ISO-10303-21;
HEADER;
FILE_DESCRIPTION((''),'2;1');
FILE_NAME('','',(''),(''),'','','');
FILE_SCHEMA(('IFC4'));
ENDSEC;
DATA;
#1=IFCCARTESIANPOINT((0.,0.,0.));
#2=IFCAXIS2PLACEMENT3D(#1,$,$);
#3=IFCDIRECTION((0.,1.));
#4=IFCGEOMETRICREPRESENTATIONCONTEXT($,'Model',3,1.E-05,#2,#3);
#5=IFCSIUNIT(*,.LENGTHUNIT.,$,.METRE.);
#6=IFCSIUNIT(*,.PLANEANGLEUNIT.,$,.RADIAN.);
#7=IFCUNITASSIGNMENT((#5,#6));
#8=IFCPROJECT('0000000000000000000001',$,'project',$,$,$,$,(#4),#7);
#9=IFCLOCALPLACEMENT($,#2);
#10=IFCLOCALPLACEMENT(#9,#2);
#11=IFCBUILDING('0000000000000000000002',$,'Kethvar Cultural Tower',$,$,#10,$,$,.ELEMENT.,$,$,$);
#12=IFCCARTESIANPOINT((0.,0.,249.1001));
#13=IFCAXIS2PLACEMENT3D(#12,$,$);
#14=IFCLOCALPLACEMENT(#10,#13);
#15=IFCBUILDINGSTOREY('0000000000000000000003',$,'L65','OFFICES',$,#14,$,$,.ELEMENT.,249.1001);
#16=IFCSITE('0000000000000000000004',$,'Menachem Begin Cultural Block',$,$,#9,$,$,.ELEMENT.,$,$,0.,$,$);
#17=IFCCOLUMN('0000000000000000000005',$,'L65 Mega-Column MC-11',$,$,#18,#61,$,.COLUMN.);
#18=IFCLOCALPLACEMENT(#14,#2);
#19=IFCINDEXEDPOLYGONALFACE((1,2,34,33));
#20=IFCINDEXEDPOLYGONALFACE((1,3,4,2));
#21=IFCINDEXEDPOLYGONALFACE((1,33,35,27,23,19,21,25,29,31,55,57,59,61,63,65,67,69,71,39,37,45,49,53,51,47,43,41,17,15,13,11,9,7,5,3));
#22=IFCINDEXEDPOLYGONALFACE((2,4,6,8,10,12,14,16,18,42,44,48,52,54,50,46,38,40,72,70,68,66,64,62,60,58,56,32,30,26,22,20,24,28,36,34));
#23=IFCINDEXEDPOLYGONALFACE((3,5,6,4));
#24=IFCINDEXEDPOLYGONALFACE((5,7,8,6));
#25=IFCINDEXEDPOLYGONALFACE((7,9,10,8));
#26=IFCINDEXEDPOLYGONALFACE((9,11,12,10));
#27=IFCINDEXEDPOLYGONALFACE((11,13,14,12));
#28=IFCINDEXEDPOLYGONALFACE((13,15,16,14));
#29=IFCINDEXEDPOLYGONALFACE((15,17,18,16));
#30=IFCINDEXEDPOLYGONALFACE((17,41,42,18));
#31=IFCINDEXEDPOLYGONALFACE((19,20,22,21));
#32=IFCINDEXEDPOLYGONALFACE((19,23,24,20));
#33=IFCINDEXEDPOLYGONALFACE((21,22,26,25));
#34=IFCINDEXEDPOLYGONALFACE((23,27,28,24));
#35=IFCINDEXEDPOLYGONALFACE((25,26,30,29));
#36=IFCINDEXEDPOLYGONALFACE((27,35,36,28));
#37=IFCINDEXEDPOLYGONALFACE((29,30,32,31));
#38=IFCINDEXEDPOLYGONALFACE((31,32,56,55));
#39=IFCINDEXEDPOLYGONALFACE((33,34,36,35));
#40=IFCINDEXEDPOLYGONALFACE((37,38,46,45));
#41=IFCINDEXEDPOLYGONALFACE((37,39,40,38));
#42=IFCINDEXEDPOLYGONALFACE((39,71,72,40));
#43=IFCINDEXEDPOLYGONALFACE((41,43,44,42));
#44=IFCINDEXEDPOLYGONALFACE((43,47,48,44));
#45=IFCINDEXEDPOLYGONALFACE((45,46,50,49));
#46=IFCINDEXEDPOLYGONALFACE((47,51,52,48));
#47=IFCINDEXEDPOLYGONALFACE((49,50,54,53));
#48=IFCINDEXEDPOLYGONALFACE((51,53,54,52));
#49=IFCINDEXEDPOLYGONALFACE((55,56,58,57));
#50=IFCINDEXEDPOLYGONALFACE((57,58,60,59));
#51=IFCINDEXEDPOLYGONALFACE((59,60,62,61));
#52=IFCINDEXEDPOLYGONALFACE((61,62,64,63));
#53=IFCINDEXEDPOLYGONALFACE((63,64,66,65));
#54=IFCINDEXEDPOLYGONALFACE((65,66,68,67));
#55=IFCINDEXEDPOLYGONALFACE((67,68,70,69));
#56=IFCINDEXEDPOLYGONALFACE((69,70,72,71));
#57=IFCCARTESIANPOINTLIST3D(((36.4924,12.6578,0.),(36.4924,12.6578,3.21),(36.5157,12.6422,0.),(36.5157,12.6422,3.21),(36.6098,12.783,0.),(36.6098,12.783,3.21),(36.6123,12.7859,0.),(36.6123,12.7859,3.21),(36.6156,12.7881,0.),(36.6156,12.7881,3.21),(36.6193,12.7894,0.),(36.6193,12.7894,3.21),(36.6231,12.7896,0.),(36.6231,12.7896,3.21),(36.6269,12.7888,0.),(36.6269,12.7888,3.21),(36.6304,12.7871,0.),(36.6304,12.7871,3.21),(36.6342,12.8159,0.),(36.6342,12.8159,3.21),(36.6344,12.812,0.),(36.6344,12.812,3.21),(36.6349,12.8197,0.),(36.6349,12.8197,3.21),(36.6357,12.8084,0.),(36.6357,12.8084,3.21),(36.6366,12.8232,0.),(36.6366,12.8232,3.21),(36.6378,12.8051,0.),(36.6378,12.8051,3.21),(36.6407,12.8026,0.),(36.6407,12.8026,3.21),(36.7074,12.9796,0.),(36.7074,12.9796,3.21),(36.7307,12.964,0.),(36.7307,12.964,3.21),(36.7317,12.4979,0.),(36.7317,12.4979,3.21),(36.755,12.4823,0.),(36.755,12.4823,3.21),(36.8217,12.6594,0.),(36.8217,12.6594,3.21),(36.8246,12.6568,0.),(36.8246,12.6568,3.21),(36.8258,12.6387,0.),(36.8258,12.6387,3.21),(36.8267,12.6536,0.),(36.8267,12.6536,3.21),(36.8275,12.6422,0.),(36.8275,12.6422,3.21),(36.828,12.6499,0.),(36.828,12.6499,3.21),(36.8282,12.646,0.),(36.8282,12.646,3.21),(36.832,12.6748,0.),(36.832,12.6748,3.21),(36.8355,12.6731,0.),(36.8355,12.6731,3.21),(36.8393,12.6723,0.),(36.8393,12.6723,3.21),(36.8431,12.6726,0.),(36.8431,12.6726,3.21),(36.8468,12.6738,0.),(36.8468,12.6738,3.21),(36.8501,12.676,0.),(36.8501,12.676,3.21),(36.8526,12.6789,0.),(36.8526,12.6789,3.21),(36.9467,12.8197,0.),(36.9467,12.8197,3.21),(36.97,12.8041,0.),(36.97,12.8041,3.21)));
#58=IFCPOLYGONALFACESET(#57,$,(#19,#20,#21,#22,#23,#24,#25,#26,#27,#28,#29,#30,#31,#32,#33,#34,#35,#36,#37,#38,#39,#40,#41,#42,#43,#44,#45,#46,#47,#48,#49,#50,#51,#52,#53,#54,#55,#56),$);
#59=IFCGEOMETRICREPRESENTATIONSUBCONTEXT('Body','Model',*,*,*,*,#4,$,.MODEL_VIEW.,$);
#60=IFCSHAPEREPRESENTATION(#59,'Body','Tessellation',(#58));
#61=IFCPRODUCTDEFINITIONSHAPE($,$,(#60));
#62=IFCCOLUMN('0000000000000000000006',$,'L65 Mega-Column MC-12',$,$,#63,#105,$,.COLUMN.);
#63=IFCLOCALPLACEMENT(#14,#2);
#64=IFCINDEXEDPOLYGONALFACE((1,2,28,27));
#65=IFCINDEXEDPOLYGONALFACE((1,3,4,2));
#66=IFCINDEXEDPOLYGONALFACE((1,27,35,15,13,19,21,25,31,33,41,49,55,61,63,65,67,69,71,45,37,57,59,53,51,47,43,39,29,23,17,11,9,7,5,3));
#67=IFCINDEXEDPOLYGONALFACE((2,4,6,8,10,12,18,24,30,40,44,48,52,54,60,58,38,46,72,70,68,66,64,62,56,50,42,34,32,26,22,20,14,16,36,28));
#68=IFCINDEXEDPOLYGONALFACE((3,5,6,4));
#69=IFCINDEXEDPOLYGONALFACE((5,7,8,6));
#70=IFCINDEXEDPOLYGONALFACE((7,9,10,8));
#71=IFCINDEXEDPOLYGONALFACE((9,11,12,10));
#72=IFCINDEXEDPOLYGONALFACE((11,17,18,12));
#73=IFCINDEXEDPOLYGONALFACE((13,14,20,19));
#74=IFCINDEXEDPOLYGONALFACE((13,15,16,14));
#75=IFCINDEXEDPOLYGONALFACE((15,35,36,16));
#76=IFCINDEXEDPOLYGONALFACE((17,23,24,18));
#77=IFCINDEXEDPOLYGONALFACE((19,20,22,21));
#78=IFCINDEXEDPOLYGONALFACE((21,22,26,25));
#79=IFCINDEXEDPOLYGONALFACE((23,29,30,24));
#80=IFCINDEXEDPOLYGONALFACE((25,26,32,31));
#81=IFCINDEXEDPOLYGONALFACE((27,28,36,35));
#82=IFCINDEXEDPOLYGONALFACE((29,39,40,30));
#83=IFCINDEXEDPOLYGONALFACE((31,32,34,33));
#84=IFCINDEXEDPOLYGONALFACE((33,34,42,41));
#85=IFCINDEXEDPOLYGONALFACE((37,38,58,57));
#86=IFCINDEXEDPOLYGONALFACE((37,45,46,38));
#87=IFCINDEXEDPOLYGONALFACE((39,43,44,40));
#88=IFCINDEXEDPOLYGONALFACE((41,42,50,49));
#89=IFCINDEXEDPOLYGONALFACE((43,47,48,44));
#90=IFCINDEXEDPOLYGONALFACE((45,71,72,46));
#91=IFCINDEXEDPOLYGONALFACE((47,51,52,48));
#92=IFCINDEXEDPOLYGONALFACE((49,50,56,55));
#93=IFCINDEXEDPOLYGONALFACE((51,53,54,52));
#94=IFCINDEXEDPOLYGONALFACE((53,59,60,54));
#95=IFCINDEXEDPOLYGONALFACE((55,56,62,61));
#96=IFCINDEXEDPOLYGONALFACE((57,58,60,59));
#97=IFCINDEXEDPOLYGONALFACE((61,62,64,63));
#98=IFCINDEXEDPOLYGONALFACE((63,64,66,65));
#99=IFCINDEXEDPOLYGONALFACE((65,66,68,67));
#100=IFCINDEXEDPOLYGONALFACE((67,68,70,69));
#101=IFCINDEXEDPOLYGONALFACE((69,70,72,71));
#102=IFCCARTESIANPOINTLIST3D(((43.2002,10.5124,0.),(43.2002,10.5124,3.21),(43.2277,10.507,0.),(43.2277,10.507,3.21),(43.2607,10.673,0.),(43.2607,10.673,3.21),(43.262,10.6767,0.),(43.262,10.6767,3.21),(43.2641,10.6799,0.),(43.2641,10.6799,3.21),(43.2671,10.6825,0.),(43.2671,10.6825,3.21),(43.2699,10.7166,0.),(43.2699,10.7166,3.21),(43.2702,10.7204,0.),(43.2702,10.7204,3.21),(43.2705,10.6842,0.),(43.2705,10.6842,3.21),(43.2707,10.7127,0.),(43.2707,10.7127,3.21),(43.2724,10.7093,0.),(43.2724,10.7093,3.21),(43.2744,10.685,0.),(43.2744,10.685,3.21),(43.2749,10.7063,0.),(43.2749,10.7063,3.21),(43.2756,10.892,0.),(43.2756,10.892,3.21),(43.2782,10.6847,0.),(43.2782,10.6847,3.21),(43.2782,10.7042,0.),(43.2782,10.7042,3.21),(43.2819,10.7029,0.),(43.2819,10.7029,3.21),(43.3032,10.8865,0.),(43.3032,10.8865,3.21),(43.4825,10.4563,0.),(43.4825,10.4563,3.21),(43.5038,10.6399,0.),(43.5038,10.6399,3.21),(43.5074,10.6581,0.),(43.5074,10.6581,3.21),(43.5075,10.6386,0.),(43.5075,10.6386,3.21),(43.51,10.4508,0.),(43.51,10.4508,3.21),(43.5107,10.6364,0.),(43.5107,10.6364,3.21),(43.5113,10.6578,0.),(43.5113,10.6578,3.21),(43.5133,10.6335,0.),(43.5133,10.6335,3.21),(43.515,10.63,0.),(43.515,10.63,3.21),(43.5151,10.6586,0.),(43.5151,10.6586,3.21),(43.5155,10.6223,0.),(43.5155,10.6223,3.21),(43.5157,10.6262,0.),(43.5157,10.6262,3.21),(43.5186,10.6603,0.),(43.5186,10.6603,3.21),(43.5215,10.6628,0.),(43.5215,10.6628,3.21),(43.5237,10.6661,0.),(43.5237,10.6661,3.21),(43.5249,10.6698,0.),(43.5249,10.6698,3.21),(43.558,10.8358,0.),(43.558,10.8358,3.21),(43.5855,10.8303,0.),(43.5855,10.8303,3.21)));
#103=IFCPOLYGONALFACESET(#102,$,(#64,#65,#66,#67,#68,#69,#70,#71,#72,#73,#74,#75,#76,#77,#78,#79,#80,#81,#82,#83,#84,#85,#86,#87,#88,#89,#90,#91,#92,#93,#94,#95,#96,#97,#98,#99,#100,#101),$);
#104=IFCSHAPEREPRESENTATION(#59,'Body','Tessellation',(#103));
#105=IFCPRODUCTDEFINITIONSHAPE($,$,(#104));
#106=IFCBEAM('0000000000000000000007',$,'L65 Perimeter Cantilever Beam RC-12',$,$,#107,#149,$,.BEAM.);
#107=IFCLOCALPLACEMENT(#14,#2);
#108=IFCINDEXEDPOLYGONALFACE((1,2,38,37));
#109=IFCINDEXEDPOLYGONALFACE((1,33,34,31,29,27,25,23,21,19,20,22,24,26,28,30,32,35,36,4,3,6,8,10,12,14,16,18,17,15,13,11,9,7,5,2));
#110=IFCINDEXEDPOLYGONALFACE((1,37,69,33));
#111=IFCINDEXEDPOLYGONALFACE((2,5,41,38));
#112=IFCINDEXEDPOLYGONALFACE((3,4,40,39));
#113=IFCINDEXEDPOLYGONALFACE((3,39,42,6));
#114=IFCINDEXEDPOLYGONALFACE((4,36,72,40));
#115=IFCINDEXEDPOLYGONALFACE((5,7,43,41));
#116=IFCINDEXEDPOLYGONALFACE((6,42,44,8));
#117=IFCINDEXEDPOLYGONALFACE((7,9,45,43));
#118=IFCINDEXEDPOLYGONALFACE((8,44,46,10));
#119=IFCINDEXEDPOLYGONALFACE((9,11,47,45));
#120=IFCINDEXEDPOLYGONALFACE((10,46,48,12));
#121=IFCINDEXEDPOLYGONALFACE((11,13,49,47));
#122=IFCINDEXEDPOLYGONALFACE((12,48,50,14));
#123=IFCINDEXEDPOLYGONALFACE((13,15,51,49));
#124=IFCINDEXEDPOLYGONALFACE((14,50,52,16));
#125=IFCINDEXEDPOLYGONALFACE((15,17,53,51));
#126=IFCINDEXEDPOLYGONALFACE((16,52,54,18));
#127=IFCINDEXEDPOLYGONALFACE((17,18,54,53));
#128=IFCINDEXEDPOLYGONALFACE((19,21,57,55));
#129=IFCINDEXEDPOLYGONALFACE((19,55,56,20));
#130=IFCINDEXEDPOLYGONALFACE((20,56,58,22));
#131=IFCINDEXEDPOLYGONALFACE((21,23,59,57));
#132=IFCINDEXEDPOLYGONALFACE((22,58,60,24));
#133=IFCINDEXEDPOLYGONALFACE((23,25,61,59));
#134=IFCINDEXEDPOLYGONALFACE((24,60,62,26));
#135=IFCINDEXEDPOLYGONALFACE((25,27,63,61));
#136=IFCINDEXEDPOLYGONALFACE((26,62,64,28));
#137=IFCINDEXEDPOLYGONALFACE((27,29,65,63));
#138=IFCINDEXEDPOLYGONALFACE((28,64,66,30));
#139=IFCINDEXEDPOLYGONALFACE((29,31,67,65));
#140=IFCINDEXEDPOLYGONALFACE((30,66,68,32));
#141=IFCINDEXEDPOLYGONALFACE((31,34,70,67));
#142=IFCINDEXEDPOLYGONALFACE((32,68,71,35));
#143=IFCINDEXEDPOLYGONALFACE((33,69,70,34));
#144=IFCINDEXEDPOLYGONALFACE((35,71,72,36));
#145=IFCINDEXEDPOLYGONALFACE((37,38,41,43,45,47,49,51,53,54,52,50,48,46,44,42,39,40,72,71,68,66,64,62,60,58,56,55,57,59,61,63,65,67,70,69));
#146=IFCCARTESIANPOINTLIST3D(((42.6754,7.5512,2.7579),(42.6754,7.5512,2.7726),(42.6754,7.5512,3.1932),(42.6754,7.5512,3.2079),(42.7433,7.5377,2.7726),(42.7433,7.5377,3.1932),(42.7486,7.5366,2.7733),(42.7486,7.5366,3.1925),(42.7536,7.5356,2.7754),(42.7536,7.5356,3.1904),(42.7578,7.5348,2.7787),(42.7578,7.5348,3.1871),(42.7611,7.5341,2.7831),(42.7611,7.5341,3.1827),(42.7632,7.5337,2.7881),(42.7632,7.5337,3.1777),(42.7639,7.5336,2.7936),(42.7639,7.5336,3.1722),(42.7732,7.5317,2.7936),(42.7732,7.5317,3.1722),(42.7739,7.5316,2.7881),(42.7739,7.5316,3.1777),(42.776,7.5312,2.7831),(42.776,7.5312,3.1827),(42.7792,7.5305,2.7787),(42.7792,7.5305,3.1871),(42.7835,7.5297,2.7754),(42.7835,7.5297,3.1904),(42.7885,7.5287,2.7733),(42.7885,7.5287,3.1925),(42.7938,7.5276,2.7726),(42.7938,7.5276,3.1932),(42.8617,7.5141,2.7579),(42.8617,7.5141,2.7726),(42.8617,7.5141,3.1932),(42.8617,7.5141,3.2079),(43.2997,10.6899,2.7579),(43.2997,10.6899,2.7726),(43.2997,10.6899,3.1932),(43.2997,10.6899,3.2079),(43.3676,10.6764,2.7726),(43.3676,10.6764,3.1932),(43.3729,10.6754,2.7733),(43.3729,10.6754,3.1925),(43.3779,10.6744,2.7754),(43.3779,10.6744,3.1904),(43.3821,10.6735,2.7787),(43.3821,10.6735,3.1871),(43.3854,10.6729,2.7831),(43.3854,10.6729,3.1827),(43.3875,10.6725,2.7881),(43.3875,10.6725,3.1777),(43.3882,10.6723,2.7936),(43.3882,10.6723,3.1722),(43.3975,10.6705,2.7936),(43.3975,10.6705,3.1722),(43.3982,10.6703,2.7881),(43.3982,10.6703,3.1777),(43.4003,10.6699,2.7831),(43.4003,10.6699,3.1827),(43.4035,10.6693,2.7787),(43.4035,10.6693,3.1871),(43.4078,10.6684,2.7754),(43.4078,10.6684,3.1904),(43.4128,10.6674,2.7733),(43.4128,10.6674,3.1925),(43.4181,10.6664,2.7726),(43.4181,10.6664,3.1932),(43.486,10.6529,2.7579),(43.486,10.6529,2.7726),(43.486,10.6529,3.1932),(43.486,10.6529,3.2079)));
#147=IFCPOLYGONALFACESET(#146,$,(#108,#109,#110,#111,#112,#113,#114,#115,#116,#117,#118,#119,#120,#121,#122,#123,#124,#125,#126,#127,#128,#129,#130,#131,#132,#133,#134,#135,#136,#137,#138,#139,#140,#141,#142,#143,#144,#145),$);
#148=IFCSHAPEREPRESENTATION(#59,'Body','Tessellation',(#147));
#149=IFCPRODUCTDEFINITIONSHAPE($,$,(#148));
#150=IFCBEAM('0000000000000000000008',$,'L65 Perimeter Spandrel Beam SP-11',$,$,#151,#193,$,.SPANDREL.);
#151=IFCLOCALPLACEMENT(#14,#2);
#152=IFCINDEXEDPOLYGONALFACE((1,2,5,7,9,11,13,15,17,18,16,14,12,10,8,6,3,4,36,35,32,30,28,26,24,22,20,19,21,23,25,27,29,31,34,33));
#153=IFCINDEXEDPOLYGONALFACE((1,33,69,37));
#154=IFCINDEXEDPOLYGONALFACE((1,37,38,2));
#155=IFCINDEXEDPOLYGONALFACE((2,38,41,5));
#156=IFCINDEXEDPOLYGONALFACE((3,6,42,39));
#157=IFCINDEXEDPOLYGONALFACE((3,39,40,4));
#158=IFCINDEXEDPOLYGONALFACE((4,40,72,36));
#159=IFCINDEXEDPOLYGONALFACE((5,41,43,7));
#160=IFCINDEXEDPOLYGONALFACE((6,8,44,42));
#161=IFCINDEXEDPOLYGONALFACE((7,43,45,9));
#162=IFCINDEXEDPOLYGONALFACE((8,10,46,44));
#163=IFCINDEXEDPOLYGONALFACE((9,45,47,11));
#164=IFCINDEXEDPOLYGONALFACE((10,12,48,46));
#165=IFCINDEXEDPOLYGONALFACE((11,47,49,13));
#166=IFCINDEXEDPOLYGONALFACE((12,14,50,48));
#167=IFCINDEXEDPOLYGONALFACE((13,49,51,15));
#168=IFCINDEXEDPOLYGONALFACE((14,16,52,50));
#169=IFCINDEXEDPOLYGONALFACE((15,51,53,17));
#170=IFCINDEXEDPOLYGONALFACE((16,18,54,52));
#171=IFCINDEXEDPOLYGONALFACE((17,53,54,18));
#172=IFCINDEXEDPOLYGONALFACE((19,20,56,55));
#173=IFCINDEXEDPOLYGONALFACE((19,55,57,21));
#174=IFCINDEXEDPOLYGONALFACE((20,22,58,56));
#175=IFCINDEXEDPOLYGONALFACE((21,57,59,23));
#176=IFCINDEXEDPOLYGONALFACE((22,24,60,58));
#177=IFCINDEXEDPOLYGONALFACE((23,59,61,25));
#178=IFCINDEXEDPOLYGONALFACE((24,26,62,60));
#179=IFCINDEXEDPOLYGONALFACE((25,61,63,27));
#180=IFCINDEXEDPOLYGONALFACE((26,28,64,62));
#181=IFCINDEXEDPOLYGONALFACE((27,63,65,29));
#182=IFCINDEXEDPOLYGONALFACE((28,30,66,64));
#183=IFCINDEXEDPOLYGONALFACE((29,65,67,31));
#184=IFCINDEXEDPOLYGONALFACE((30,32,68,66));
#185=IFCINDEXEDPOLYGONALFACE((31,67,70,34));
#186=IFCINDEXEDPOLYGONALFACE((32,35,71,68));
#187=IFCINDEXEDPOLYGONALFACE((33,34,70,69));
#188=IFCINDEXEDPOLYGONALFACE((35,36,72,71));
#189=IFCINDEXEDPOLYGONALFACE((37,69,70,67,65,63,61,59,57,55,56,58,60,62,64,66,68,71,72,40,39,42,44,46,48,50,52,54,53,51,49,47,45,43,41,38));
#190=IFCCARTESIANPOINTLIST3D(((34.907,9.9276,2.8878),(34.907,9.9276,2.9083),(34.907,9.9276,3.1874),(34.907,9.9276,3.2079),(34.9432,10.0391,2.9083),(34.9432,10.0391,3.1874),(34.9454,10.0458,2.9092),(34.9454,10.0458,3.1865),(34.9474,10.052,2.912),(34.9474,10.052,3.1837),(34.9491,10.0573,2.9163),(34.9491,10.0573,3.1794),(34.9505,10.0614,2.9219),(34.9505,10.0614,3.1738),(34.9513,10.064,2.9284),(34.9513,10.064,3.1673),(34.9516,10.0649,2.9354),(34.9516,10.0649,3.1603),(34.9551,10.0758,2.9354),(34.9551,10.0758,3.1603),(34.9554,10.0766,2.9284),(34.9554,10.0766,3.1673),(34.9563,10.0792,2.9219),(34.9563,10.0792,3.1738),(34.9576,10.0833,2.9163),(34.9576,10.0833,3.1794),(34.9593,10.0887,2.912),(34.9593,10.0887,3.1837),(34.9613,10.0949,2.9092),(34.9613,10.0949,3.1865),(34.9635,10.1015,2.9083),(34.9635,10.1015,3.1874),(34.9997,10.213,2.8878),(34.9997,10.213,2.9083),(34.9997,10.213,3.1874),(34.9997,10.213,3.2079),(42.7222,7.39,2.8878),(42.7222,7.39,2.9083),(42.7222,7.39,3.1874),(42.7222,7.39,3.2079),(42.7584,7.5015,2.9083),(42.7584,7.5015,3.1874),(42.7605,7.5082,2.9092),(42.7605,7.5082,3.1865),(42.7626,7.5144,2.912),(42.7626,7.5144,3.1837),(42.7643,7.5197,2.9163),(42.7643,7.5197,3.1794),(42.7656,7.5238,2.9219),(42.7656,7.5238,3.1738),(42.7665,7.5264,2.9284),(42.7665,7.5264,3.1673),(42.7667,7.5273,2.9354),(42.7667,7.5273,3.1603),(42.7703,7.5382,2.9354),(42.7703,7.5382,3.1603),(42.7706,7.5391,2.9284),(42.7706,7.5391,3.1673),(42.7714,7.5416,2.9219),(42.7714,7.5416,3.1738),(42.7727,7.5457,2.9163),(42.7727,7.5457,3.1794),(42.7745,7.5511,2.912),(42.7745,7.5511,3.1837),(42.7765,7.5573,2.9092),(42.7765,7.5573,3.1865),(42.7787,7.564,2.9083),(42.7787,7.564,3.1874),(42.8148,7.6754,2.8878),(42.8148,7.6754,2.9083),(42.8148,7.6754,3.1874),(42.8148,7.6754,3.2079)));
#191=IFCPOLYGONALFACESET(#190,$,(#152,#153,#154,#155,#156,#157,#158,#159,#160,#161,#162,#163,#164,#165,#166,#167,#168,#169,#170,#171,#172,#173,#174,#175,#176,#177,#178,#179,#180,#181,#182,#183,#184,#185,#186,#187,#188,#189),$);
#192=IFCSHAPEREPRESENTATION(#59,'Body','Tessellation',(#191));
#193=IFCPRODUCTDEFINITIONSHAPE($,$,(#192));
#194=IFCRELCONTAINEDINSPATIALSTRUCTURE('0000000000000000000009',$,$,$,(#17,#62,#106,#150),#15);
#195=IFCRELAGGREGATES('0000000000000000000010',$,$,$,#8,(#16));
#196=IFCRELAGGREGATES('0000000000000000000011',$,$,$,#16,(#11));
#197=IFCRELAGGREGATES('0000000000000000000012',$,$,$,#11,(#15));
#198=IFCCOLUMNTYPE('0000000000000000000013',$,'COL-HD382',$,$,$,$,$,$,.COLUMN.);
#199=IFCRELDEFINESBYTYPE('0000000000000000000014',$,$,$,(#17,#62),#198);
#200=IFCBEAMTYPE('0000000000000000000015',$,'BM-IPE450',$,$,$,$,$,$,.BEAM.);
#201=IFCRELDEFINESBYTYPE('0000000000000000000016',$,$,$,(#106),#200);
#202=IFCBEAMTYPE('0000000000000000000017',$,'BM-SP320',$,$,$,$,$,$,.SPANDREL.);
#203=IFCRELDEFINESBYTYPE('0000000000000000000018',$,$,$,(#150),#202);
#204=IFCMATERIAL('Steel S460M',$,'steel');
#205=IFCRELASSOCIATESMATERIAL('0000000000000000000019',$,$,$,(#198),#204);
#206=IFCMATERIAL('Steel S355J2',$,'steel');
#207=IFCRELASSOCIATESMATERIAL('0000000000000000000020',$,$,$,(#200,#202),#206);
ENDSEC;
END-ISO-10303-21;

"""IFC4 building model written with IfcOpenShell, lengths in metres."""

from ifc_helpers import new_model, si_unit, direction, frame, origin, origin_2d, place, context, subcontext, project, spatial, i_section, extrude, source, transform, mapped, material, material_profile, profile_set, type_object, element, save


model = new_model("IFC4")

# Units and contexts
model_context = context("Model", 3, precision=1e-05, world=origin(), true_north=direction((0.0, 1.0)))
body_context = subcontext(model_context, "Body", "Model", "MODEL_VIEW")
ifc_project = project(units=[si_unit("LENGTHUNIT", "METRE"), si_unit("PLANEANGLEUNIT", "RADIAN")], contexts=[model_context])

# Site, building, storey
site_placement = place(None, origin())
site = spatial("IfcSite", under=ifc_project, at=site_placement, Name="Menachem Begin Cultural Block", CompositionType="ELEMENT", RefElevation=0.0)
building_placement = place(site_placement, origin())
building = spatial("IfcBuilding", under=site, at=building_placement, Name="Kethvar Cultural Tower", CompositionType="ELEMENT")
storey_placement = place(building_placement, frame((0.0, 0.0, 249.1001)))
storey = spatial("IfcBuildingStorey", under=building, at=storey_placement, Name="L65", Description="OFFICES", CompositionType="ELEMENT", Elevation=249.1001)

# Columns
ifc_material_1 = material(Name="Steel S460M", Category="steel")
ifc_material_profile_1 = material_profile(ifc_material_1, i_section(OverallWidth=0.387, OverallDepth=0.3159, WebThickness=0.0186, FlangeThickness=0.0281, FilletRadius=0.0149, at=origin_2d()), Name="Steel S460M — HD400x382")
ifc_profile_set_1 = profile_set([ifc_material_profile_1], Name="Steel S460M — HD400x382")
column_type = type_object("IfcColumnType", Name="COL-HD382", PredefinedType="COLUMN", material=ifc_profile_set_1)
shared_shape_1 = source(origin(), body_context, "Body", "SweptSolid", [
    extrude(i_section(OverallWidth=0.387, OverallDepth=0.3159, WebThickness=0.0186, FlangeThickness=0.0281, FilletRadius=0.0149, at=origin_2d()), origin(), (0.0, 0.0, 1.0), 3.21),
])
for number, where, z_axis, x_axis, name in (
    (1, (36.7312, 12.731, 0.0), (0.0, 0.0, 1.0), (-0.55557, -0.83147, 0.0), "L65 Mega-Column MC-11"),
    (2, (43.3928, 10.6714, 0.0), (0.0, 0.0, 1.0), (-0.19509, -0.980785, 0.0), "L65 Mega-Column MC-12"),
):
    element("IfcColumn", number, at=place(storey_placement, frame(where, z_axis=z_axis, x_axis=x_axis)), inside=storey, type_object=column_type, Name=name, PredefinedType="COLUMN", context=body_context, shape_type="MappedRepresentation", body=[
        mapped(shared_shape_1, transform((0.0, 0.0, 0.0), scale=1.0)),
    ])

# Beams
ifc_material_2 = material(Name="Steel S355J2", Category="steel")
ifc_material_profile_2 = material_profile(ifc_material_2, i_section(OverallWidth=0.1899, OverallDepth=0.45, WebThickness=0.0095, FlangeThickness=0.0146, FilletRadius=0.021, at=origin_2d()), Name="Steel S355J2 — IPE450")
ifc_profile_set_2 = profile_set([ifc_material_profile_2], Name="Steel S355J2 — IPE450")
beam_type_1 = type_object("IfcBeamType", Name="BM-IPE450", PredefinedType="BEAM", material=ifc_profile_set_2)
shared_shape_2 = source(origin(), body_context, "Body", "SweptSolid", [
    extrude(i_section(OverallWidth=0.1899, OverallDepth=0.45, WebThickness=0.0095, FlangeThickness=0.0146, FilletRadius=0.021, at=origin_2d()), origin(), (0.0, 0.0, 1.0), 3.2002),
])
beam_1_placement = place(storey_placement, frame((43.3928, 10.6714, 2.9829), z_axis=(-0.195074, -0.980788, 0.0), x_axis=(0.980788, -0.195074, 0.0)))
element("IfcBeam", 3, at=beam_1_placement, inside=storey, type_object=beam_type_1, Name="L65 Perimeter Cantilever Beam RC-12", PredefinedType="BEAM", context=body_context, shape_type="MappedRepresentation", body=[
    mapped(shared_shape_2, transform((0.0, 0.0, 0.0), scale=1.0)),
])
ifc_material_profile_3 = material_profile(ifc_material_2, i_section(OverallWidth=0.3, OverallDepth=0.3201, WebThickness=0.0115, FlangeThickness=0.0205, FilletRadius=0.0271, at=origin_2d()), Name="Steel S355J2 — HEB320")
ifc_profile_set_3 = profile_set([ifc_material_profile_3], Name="Steel S355J2 — HEB320")
beam_type_2 = type_object("IfcBeamType", Name="BM-SP320", PredefinedType="SPANDREL", material=ifc_profile_set_3)
shared_shape_3 = source(origin(), body_context, "Body", "SweptSolid", [
    extrude(i_section(OverallWidth=0.3, OverallDepth=0.3201, WebThickness=0.0115, FlangeThickness=0.0205, FilletRadius=0.0271, at=origin_2d()), origin(), (0.0, 0.0, 1.0), 8.2168),
])
beam_2_placement = place(storey_placement, frame((34.9534, 10.0703, 3.0479), z_axis=(0.951118, -0.308829, 0.0), x_axis=(0.308829, 0.951118, 0.0)))
element("IfcBeam", 4, at=beam_2_placement, inside=storey, type_object=beam_type_2, Name="L65 Perimeter Spandrel Beam SP-11", PredefinedType="SPANDREL", context=body_context, shape_type="MappedRepresentation", body=[
    mapped(shared_shape_3, transform((0.0, 0.0, 0.0), scale=1.0)),
])

save(model, "model.ifc")
